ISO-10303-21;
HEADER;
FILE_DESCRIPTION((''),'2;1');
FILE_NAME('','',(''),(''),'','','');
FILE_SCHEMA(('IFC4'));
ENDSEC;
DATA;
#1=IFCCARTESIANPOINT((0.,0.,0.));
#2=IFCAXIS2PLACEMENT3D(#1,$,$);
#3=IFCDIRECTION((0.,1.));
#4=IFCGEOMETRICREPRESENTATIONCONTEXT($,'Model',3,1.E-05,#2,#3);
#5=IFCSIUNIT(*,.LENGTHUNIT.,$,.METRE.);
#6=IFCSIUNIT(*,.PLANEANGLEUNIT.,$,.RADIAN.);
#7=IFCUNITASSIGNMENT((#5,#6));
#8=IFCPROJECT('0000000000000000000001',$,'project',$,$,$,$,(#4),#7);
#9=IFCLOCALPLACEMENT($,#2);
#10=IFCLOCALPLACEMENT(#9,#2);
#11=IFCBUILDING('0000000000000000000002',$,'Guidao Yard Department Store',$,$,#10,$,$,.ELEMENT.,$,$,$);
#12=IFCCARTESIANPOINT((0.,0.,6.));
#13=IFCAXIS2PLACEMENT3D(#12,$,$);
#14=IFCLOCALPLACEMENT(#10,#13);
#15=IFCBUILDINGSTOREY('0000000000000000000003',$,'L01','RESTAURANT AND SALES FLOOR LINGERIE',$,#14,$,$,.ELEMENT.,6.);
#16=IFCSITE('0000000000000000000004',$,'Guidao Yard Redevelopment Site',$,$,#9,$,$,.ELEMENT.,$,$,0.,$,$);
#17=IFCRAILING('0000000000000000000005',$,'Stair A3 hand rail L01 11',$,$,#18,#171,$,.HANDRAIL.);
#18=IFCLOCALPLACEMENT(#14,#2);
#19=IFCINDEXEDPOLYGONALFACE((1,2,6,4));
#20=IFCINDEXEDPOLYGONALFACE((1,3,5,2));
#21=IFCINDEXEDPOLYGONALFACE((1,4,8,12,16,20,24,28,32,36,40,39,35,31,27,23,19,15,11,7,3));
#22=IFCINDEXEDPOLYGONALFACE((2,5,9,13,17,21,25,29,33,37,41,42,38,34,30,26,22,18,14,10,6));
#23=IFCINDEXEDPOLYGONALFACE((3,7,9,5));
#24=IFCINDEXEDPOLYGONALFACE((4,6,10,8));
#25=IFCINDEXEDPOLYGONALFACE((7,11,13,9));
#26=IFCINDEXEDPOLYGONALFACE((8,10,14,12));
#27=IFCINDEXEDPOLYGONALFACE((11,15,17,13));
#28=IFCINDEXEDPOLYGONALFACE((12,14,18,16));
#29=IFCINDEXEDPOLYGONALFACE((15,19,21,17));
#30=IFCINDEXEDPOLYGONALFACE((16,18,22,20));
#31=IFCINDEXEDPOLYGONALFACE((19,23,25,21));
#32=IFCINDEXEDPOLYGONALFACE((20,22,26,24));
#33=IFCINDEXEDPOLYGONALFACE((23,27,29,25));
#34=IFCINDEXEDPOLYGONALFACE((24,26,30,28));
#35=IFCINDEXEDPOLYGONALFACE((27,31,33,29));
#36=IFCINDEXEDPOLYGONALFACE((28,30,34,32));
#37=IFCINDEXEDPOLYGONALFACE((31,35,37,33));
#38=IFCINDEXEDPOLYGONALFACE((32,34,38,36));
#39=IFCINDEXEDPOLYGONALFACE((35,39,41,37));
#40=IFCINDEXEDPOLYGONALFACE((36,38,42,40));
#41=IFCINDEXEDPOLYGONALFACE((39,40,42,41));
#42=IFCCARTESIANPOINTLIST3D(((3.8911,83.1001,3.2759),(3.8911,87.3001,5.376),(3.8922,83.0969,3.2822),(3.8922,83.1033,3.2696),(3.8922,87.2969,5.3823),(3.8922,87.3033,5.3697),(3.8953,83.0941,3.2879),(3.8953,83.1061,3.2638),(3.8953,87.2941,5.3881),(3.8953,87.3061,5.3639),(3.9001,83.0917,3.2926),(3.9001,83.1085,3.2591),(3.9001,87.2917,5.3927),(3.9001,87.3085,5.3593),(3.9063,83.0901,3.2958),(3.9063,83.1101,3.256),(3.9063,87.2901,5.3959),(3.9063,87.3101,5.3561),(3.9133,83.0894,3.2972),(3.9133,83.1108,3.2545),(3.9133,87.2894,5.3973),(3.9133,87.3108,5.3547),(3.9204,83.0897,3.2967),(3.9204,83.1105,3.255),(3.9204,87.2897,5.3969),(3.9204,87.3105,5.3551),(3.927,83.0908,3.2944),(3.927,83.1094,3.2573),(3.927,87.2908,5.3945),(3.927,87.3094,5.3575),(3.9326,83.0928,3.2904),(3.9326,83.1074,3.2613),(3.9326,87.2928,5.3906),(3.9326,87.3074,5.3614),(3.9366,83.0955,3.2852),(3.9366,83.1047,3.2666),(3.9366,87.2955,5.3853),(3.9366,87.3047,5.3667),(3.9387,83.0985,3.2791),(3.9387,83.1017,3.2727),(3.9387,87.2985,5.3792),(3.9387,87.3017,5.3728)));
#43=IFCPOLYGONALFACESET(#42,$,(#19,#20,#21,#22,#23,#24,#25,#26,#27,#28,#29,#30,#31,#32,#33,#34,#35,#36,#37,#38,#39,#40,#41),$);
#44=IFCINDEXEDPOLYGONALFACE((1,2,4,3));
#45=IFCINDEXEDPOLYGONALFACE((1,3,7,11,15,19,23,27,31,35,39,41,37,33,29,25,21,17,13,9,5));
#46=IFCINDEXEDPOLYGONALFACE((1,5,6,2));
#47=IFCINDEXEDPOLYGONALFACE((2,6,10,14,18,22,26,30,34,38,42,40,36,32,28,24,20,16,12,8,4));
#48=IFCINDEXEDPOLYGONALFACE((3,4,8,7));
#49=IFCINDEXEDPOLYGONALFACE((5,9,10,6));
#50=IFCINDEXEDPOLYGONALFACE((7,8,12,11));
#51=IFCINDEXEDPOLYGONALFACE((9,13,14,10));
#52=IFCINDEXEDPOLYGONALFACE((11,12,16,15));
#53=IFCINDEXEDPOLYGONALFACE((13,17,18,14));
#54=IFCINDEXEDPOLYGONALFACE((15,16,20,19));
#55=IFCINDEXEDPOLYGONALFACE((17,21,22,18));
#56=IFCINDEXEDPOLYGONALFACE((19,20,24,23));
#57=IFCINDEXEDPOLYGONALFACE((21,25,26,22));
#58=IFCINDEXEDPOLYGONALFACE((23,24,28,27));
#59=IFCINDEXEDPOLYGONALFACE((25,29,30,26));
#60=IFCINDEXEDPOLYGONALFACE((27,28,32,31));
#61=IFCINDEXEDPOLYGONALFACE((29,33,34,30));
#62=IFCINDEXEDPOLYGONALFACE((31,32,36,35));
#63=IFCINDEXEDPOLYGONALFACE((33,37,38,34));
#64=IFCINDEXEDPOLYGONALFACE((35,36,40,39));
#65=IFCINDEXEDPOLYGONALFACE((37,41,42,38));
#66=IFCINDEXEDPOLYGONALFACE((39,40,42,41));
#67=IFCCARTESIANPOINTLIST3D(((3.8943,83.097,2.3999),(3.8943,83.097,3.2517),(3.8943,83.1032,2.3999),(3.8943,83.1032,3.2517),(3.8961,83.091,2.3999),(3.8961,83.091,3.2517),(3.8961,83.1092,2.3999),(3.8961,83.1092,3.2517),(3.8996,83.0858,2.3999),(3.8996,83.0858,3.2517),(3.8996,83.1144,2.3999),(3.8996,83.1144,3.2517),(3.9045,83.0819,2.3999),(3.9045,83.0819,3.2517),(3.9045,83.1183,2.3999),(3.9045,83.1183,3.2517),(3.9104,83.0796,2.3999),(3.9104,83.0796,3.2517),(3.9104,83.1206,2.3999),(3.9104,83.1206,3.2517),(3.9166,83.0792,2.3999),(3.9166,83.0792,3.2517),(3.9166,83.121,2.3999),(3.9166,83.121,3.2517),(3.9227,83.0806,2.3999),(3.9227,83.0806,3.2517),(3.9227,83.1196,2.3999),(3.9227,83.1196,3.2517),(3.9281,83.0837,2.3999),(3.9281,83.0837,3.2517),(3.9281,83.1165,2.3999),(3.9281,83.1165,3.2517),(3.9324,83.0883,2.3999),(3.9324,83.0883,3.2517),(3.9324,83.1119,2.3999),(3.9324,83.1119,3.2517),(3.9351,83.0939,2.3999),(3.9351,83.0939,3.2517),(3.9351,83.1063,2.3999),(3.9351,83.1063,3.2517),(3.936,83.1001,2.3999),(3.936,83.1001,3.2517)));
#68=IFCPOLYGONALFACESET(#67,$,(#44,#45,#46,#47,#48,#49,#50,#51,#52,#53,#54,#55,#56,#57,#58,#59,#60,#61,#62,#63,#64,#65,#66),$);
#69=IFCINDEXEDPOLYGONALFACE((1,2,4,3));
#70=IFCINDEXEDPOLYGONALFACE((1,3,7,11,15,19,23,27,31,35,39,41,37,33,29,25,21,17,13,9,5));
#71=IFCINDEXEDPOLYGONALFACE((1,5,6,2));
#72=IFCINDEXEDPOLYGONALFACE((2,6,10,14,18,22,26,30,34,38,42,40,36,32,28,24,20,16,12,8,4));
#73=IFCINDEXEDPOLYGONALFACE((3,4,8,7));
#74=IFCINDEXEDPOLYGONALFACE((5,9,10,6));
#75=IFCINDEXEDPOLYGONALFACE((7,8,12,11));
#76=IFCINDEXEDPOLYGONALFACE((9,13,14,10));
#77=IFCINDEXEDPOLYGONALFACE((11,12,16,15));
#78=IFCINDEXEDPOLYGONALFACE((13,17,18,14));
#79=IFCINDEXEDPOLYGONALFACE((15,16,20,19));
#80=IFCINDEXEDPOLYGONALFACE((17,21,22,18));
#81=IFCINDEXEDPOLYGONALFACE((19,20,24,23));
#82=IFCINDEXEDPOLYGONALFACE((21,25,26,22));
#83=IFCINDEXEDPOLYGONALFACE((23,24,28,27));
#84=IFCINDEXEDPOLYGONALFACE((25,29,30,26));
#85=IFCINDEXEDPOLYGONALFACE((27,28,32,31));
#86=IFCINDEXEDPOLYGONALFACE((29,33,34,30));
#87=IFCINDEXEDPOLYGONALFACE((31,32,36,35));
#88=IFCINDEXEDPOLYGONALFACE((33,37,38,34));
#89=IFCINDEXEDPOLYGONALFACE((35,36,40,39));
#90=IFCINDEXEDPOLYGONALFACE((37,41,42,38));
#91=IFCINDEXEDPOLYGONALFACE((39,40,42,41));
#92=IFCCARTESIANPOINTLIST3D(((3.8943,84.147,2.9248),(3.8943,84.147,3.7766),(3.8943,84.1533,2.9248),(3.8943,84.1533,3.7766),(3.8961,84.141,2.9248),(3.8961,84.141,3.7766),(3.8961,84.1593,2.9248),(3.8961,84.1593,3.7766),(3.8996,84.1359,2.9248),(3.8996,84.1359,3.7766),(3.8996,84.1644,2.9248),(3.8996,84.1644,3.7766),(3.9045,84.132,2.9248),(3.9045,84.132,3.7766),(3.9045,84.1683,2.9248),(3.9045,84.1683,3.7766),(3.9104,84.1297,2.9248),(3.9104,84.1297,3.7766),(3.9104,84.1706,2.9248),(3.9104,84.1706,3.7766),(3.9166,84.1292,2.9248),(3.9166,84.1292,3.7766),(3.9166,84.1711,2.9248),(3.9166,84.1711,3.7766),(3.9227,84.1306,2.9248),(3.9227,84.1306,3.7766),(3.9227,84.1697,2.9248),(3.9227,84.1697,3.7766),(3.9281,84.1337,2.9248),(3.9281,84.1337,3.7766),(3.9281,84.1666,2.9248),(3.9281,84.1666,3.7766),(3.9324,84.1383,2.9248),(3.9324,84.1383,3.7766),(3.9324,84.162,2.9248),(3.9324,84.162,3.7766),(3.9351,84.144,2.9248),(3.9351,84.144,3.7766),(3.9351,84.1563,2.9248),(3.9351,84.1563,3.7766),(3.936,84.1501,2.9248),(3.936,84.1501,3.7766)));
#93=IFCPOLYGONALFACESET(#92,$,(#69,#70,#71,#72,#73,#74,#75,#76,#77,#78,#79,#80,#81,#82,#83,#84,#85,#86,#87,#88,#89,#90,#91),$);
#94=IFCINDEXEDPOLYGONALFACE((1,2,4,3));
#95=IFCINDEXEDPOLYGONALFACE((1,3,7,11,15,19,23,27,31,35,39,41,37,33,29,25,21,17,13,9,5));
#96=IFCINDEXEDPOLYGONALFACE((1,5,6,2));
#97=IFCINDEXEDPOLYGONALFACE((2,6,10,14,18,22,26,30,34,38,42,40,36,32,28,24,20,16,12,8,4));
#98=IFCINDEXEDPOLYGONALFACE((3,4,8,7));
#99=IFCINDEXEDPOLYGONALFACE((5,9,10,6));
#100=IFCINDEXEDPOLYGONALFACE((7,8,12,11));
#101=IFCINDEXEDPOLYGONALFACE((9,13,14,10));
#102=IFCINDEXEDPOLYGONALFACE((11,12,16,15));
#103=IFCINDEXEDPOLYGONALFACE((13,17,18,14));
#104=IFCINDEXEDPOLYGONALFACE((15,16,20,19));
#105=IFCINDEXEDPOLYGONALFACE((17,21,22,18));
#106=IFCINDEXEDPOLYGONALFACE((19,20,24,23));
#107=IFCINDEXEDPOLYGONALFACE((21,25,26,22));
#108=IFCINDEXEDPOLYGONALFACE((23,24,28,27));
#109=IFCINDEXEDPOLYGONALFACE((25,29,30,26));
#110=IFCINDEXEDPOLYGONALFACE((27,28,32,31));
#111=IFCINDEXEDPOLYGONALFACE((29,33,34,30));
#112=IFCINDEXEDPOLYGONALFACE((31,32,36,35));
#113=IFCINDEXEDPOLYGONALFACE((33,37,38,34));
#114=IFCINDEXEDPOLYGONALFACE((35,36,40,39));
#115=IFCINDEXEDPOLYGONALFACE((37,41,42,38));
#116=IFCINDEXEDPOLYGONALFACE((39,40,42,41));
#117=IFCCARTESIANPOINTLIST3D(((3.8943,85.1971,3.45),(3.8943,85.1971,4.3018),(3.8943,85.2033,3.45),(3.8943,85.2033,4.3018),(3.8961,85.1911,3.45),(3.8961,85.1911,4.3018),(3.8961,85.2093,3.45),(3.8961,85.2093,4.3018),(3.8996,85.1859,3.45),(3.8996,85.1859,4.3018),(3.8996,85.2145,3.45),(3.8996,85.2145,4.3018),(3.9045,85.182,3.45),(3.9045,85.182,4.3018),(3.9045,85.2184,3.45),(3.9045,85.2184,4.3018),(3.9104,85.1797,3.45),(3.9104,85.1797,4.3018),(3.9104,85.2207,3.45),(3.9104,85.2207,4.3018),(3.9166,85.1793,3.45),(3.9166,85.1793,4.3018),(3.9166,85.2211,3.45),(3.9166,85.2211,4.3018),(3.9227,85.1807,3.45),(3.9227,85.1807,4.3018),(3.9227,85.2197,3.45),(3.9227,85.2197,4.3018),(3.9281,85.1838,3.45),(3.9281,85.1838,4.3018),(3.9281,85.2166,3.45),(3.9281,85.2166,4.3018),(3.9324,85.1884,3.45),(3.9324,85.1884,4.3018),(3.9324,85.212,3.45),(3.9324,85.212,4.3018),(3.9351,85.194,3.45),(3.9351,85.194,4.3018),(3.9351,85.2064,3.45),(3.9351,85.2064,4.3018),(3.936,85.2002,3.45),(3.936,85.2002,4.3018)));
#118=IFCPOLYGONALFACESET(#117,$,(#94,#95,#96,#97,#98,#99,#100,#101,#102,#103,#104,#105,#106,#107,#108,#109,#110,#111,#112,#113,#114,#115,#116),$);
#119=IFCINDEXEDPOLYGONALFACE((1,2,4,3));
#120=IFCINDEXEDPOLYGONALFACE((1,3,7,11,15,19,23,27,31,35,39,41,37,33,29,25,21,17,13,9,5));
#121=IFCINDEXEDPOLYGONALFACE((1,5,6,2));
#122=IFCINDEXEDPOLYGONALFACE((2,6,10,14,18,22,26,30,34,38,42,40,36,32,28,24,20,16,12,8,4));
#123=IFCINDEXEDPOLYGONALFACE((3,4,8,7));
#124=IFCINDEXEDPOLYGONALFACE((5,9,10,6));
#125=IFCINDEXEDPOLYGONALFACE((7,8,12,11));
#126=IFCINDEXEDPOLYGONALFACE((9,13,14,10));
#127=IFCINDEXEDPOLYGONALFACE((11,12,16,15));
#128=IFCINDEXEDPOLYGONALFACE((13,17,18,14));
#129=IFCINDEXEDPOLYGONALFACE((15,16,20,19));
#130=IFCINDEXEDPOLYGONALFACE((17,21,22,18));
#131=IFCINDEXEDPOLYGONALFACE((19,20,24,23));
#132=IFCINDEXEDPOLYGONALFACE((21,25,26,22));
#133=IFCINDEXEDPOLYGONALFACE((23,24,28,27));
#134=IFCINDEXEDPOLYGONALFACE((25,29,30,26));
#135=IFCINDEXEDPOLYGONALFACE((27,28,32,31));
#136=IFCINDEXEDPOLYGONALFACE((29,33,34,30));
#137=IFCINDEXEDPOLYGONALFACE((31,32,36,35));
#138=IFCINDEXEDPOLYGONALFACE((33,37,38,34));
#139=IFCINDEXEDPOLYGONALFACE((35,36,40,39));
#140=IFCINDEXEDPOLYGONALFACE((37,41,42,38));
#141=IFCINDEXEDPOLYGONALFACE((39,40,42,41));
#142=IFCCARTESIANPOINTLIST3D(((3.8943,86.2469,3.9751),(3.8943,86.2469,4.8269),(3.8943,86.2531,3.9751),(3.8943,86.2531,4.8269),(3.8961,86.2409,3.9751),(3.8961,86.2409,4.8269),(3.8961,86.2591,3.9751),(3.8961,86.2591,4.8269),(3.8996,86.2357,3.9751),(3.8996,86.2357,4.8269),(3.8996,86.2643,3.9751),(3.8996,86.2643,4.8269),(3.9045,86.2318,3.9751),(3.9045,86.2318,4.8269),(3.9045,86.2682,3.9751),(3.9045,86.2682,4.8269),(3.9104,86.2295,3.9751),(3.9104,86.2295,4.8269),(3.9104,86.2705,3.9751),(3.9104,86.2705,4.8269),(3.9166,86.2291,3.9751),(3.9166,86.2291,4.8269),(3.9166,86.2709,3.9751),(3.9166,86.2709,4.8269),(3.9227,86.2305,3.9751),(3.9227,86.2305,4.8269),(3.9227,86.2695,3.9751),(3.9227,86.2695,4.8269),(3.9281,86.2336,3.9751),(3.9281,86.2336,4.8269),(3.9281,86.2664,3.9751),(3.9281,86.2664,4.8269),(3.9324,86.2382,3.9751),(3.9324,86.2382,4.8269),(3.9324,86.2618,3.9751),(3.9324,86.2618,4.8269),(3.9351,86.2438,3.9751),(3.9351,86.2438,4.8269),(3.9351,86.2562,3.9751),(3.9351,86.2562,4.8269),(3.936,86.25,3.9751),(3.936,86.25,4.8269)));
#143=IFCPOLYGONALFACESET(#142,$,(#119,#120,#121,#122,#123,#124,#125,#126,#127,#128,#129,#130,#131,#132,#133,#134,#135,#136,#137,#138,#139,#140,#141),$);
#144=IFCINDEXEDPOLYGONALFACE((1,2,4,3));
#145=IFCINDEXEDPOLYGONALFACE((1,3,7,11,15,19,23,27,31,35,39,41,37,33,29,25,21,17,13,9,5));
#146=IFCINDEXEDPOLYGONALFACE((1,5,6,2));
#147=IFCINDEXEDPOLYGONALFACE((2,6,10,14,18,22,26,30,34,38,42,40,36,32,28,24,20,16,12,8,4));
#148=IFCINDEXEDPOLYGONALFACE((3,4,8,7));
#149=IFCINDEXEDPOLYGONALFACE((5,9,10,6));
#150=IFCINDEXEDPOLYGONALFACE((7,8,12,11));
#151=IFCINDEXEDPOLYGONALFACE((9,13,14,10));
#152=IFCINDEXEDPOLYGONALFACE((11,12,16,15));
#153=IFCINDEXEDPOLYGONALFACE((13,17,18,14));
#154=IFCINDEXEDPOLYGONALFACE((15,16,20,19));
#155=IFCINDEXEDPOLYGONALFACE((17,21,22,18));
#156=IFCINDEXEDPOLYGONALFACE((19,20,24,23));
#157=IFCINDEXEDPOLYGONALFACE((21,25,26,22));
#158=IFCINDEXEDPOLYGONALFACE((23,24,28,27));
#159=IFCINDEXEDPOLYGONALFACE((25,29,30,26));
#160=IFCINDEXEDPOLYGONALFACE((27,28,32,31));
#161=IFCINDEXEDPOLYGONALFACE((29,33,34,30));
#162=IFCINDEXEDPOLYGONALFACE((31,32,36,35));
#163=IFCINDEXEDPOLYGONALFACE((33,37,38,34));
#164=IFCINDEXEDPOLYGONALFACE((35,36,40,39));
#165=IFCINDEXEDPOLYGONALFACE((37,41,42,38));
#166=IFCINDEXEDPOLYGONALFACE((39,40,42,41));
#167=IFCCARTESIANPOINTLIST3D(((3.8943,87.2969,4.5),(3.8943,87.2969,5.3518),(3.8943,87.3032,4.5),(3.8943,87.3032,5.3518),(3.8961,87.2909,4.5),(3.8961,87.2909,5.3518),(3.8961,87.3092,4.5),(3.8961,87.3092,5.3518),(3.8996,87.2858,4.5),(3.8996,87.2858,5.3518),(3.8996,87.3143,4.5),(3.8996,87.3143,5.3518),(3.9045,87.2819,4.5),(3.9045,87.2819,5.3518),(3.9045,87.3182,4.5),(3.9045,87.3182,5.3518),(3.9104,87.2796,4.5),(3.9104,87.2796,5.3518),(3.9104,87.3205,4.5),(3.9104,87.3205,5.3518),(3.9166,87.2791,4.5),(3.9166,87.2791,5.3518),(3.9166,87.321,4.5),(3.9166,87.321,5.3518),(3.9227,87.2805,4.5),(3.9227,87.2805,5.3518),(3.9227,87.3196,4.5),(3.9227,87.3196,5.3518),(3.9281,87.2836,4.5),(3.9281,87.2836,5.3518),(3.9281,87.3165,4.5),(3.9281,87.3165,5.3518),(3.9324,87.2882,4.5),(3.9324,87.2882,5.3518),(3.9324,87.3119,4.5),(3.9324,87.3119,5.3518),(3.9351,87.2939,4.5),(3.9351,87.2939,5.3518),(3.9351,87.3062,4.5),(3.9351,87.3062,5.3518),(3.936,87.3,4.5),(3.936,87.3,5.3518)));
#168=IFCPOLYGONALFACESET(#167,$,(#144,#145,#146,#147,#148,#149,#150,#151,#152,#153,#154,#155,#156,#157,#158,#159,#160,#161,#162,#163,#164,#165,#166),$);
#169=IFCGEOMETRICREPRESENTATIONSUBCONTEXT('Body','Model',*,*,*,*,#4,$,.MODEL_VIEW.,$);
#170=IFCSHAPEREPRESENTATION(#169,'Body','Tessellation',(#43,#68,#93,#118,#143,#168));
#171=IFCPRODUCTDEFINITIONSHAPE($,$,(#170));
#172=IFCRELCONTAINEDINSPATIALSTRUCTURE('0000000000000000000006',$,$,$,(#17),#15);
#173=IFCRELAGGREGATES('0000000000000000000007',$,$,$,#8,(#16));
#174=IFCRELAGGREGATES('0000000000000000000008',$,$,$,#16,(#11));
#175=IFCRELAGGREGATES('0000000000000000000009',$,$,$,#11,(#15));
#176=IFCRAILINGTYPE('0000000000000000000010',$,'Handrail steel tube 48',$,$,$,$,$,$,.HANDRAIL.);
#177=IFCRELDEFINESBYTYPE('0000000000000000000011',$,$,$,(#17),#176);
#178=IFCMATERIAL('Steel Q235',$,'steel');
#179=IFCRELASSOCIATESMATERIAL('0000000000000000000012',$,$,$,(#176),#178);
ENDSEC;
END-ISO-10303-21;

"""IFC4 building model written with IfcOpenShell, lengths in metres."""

from ifc_helpers import new_model, si_unit, direction, frame, origin, origin_2d, place, context, subcontext, project, spatial, circle, extrude, material, type_object, element, save


model = new_model("IFC4")

# Units and contexts
model_context = context("Model", 3, precision=1e-05, world=origin(), true_north=direction((0.0, 1.0)))
body_context = subcontext(model_context, "Body", "Model", "MODEL_VIEW")
ifc_project = project(units=[si_unit("LENGTHUNIT", "METRE"), si_unit("PLANEANGLEUNIT", "RADIAN")], contexts=[model_context])

# Site, building, storey
site_placement = place(None, origin())
site = spatial("IfcSite", under=ifc_project, at=site_placement, Name="Guidao Yard Redevelopment Site", CompositionType="ELEMENT", RefElevation=0.0)
building_placement = place(site_placement, origin())
building = spatial("IfcBuilding", under=site, at=building_placement, Name="Guidao Yard Department Store", CompositionType="ELEMENT")
storey_placement = place(building_placement, frame((0.0, 0.0, 6.0)))
storey = spatial("IfcBuildingStorey", under=building, at=storey_placement, Name="L01", Description="RESTAURANT AND SALES FLOOR LINGERIE", CompositionType="ELEMENT", Elevation=6.0)

# Railing
ifc_material_1 = material(Name="Steel Q235", Category="steel")
railing_type_1 = type_object("IfcRailingType", Name="Handrail steel tube 48", PredefinedType="HANDRAIL", material=ifc_material_1)
railing_1_placement = place(storey_placement, frame((3.915, 83.1001, 2.3999)))
element("IfcRailing", 1, at=railing_1_placement, inside=storey, type_object=railing_type_1, Name="Stair A3 hand rail L01 11", PredefinedType="HANDRAIL", context=body_context, shape_type="SweptSolid", body=[
    extrude(circle(Radius=0.0239, at=origin_2d()), frame((0.0, 0.0, 0.876), z_axis=(0.0, 0.894417, 0.447234), x_axis=(-1.0, 0.0, 0.0)), (0.0, 0.0, 1.0), 4.6958),
    extrude(circle(Radius=0.021, at=origin_2d()), origin(), (0.0, 0.0, 1.0), 0.8518),
    extrude(circle(Radius=0.021, at=origin_2d()), frame((0.0, 1.05, 0.5249)), (0.0, 0.0, 1.0), 0.8518),
    extrude(circle(Radius=0.021, at=origin_2d()), frame((0.0, 2.1001, 1.05)), (0.0, 0.0, 1.0), 0.8518),
    extrude(circle(Radius=0.021, at=origin_2d()), frame((0.0, 3.1499, 1.5752)), (0.0, 0.0, 1.0), 0.8518),
    extrude(circle(Radius=0.021, at=origin_2d()), frame((0.0, 4.2, 2.1001)), (0.0, 0.0, 1.0), 0.8518),
])

save(model, "model.ifc")
